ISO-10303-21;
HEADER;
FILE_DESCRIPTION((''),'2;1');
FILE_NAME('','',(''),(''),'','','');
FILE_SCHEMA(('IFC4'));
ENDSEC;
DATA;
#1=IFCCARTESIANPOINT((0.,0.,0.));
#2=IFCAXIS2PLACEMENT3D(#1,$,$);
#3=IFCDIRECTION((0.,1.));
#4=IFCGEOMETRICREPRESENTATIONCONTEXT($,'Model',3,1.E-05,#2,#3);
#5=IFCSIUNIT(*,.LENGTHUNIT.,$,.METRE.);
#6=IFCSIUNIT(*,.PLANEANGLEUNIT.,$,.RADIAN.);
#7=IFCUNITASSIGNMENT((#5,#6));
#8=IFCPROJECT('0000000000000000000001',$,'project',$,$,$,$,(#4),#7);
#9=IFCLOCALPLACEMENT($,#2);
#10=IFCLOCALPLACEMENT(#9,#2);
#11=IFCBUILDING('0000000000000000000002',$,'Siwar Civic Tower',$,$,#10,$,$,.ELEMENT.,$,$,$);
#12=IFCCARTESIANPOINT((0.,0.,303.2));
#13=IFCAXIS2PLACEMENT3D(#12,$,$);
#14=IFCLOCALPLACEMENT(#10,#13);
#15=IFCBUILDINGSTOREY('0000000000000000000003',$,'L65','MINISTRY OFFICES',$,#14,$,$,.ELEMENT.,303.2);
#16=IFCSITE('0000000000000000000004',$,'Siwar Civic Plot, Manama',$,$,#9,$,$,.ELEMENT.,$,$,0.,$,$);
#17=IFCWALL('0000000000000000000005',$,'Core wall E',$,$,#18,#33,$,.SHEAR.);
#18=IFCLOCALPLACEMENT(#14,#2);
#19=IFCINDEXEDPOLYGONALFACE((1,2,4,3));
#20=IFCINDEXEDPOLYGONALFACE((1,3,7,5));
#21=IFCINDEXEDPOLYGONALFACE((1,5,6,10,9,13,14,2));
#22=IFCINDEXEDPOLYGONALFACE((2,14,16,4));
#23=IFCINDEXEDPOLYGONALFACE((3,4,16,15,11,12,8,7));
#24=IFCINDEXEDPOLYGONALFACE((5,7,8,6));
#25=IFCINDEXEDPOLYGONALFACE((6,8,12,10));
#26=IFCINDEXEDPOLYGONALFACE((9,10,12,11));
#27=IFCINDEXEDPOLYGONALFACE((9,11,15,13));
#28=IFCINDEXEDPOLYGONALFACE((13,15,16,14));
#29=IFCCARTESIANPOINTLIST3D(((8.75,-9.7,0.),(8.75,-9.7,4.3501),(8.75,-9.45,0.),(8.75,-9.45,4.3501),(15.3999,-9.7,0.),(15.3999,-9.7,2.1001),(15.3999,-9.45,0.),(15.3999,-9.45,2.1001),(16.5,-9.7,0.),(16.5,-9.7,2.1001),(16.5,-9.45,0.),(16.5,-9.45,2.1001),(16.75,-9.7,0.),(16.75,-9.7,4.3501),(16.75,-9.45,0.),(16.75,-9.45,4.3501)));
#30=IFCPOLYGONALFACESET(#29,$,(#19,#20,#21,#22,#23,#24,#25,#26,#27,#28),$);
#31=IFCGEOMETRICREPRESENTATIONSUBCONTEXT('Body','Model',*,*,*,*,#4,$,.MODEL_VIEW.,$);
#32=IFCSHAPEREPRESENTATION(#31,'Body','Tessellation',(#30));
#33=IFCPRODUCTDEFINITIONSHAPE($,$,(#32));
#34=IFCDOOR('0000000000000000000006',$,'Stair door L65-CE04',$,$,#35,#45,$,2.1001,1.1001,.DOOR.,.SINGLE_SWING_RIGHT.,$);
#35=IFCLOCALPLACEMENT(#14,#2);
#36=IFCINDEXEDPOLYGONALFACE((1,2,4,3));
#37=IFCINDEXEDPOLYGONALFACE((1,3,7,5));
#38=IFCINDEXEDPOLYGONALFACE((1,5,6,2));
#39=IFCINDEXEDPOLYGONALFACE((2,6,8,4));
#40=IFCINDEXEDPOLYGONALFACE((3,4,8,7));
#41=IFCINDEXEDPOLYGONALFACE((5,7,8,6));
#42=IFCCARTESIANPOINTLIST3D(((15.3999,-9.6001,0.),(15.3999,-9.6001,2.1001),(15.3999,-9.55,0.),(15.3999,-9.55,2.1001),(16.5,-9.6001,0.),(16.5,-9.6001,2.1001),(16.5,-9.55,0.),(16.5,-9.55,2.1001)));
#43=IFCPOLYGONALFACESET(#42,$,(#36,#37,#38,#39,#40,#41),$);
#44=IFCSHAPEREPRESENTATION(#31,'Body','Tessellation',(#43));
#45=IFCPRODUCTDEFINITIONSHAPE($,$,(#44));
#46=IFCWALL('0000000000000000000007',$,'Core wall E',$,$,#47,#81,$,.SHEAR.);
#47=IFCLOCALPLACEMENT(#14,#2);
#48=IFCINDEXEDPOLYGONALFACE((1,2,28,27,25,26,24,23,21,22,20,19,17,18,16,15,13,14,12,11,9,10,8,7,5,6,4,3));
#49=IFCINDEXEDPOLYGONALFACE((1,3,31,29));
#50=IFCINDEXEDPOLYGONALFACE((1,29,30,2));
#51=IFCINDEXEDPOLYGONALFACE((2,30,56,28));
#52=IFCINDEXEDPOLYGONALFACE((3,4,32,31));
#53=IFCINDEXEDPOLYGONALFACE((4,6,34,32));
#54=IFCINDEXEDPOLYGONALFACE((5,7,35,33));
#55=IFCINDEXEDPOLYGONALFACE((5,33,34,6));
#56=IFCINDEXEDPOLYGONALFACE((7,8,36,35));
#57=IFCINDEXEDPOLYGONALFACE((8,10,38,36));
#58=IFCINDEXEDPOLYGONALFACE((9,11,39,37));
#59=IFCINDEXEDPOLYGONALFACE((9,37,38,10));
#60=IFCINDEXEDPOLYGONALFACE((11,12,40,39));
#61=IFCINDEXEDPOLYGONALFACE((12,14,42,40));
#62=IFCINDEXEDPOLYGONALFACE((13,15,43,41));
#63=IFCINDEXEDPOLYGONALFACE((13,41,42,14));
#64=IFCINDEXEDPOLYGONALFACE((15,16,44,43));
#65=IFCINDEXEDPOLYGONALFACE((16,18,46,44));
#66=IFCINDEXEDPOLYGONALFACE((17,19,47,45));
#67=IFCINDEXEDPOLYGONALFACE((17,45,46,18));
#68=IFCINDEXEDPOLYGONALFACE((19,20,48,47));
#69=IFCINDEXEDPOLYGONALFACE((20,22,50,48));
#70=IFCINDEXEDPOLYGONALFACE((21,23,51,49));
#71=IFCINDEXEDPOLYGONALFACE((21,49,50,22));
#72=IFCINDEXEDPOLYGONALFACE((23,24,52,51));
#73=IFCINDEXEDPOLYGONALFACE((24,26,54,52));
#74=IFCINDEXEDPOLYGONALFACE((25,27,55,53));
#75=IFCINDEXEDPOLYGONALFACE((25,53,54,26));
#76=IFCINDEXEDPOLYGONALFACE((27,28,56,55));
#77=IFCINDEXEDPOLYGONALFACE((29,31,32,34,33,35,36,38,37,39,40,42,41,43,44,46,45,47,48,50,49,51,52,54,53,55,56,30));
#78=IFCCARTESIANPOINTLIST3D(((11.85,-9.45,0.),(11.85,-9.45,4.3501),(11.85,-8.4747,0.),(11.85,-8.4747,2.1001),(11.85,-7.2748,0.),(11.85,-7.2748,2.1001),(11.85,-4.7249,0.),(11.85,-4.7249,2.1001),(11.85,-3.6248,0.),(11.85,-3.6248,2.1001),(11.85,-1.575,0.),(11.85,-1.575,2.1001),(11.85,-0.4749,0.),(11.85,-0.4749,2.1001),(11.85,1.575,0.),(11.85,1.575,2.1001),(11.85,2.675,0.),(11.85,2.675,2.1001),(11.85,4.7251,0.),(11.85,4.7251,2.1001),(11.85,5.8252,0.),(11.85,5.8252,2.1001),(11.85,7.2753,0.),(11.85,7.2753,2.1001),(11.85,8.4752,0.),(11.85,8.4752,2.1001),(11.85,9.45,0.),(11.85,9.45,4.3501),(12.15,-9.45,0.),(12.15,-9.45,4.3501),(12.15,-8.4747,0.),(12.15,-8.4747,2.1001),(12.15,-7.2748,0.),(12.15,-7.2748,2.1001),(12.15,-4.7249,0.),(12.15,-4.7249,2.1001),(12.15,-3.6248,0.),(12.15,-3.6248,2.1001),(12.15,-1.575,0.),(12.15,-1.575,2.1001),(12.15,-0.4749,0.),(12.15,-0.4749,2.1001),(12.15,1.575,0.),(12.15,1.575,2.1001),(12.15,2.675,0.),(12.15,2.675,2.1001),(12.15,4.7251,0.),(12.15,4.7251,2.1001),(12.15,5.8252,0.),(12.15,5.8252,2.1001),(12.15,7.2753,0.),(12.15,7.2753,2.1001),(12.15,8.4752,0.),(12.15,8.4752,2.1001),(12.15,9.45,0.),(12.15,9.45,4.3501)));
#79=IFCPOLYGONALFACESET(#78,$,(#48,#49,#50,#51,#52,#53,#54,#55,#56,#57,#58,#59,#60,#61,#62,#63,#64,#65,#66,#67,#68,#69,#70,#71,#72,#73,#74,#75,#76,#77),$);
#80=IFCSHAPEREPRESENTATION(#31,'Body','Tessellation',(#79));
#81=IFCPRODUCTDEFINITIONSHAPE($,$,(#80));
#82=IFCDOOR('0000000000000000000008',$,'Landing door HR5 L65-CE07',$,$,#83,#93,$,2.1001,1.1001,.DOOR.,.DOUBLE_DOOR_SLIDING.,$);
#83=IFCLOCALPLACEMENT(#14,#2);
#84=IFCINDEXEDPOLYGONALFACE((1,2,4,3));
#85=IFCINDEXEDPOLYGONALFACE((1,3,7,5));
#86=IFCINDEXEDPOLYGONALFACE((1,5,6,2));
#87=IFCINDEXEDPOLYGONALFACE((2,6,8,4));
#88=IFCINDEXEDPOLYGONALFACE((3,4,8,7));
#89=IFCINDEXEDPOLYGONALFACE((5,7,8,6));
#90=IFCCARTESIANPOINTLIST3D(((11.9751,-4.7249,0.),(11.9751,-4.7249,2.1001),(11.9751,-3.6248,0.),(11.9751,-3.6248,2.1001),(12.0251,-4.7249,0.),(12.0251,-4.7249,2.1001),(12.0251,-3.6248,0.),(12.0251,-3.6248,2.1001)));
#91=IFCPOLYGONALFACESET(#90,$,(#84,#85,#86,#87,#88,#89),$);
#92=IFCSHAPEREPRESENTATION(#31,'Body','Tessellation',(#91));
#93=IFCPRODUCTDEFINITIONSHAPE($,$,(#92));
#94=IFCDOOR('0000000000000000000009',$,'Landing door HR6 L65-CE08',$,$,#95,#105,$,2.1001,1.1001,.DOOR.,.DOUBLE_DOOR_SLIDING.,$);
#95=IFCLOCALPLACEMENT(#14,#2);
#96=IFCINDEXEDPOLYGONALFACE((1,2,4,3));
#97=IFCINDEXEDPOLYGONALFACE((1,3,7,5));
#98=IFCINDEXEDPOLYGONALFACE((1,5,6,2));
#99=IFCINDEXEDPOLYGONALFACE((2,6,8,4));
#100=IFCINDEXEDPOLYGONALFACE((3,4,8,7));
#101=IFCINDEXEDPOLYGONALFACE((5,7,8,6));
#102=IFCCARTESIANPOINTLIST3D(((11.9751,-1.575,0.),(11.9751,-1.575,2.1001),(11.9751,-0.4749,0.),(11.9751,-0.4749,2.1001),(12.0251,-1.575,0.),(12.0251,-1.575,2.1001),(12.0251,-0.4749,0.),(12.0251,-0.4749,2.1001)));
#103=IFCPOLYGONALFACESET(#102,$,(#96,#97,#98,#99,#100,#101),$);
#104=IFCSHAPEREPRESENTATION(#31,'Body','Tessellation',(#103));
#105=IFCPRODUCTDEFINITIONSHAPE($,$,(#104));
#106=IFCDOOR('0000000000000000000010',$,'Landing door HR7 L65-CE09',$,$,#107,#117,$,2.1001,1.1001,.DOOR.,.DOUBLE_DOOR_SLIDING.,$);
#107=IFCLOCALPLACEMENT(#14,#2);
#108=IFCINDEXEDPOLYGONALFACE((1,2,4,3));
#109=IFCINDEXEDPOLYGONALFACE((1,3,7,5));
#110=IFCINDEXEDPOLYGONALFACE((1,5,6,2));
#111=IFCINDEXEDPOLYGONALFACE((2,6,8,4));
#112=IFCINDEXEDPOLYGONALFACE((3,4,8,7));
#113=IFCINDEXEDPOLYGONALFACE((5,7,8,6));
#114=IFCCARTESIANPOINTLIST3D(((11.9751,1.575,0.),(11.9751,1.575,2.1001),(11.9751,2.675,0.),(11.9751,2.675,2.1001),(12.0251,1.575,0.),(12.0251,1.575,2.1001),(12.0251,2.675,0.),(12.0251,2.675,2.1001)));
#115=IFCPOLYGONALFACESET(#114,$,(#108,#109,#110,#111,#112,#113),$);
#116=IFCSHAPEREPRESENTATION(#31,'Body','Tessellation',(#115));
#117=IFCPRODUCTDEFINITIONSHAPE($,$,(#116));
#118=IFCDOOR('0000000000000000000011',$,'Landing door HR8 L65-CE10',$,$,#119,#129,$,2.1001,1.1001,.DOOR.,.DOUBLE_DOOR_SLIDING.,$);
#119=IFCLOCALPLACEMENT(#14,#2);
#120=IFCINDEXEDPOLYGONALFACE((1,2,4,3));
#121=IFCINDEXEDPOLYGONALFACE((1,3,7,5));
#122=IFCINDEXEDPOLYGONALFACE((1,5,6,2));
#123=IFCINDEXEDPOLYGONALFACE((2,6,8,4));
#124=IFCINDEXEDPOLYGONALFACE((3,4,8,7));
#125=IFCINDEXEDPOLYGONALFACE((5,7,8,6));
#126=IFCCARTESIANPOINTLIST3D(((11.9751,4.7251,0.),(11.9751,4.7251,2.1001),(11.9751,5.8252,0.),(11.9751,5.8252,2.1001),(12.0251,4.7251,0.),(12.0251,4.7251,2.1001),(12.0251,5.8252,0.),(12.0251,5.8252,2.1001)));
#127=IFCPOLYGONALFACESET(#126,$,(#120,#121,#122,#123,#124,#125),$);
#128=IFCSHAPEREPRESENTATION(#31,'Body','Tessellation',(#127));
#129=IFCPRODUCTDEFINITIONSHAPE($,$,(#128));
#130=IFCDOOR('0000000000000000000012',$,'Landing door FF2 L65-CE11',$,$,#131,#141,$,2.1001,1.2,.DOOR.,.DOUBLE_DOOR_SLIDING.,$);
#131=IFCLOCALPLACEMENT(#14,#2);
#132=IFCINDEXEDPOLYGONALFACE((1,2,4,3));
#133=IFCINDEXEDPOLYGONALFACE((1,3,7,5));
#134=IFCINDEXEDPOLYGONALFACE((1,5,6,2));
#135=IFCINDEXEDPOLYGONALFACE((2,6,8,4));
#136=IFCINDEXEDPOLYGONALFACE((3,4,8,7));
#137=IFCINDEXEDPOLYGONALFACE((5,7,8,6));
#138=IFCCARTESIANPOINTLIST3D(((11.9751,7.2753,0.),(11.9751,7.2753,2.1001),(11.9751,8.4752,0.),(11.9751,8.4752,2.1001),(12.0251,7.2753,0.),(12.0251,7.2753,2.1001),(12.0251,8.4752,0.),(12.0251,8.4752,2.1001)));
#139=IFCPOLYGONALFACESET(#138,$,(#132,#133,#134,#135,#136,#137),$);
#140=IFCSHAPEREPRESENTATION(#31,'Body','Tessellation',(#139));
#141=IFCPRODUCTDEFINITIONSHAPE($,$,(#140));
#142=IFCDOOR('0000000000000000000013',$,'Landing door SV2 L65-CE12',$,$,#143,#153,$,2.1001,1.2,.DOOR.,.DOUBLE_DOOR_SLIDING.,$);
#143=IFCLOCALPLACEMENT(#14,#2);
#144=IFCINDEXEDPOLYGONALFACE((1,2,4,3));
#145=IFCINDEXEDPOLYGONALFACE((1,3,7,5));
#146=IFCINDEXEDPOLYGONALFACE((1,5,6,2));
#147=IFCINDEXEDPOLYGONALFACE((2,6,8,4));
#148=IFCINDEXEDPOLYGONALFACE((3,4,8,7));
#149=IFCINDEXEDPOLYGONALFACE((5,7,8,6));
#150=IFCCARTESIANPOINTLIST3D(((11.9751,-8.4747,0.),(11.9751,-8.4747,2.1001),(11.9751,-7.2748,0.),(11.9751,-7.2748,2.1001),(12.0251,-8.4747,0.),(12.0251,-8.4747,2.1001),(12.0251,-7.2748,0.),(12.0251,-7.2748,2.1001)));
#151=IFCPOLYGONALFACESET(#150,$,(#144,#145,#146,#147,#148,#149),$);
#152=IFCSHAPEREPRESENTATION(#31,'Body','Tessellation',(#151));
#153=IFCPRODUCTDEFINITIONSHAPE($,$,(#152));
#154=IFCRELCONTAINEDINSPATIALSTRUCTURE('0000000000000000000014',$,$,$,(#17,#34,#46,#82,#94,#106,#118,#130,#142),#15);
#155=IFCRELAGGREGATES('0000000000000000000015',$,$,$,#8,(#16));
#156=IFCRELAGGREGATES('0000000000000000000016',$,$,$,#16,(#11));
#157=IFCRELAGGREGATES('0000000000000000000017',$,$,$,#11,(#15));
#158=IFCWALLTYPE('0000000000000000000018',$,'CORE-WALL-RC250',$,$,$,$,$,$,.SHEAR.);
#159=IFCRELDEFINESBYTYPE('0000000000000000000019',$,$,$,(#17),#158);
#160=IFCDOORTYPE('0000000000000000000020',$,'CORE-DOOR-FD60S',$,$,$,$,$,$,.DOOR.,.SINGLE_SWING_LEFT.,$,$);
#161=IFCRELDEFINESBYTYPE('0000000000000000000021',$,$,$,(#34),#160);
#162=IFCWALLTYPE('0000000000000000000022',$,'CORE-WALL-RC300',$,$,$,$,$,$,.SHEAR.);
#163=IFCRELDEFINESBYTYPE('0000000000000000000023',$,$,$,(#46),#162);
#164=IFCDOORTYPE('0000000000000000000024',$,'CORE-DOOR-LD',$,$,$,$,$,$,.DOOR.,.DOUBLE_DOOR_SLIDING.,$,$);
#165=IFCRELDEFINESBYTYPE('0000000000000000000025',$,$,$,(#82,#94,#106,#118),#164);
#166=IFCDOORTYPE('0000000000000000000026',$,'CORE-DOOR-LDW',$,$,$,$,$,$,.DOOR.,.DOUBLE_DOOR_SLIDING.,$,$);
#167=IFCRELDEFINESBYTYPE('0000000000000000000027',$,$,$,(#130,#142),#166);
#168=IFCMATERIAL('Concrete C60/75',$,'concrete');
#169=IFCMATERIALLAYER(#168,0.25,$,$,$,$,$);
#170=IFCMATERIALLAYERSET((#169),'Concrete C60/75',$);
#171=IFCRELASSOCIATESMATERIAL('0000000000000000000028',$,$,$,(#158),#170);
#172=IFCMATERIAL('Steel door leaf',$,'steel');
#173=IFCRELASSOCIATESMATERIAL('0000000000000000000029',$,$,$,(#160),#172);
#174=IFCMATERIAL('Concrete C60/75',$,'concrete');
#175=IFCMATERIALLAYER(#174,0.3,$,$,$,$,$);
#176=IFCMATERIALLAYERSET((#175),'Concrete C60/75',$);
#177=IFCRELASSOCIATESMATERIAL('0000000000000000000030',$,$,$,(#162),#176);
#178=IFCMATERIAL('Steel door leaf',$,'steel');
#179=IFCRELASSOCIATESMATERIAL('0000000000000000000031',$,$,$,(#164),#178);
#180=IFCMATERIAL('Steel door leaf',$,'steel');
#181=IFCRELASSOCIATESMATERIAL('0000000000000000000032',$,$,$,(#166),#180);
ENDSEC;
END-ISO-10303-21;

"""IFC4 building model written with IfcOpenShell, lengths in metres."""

from ifc_helpers import new_model, si_unit, direction, frame, frame_2d, origin, place, context, subcontext, project, spatial, rectangle, extrude, material, layer, layer_set, type_object, element, fill, save


model = new_model("IFC4")

# Units and contexts
model_context = context("Model", 3, precision=1e-05, world=origin(), true_north=direction((0.0, 1.0)))
body_context = subcontext(model_context, "Body", "Model", "MODEL_VIEW")
ifc_project = project(units=[si_unit("LENGTHUNIT", "METRE"), si_unit("PLANEANGLEUNIT", "RADIAN")], contexts=[model_context])

# Site, building, storey
site_placement = place(None, origin())
site = spatial("IfcSite", under=ifc_project, at=site_placement, Name="Siwar Civic Plot, Manama", CompositionType="ELEMENT", RefElevation=0.0)
building_placement = place(site_placement, origin())
building = spatial("IfcBuilding", under=site, at=building_placement, Name="Siwar Civic Tower", CompositionType="ELEMENT")
storey_placement = place(building_placement, frame((0.0, 0.0, 303.2)))
storey = spatial("IfcBuildingStorey", under=building, at=storey_placement, Name="L65", Description="MINISTRY OFFICES", CompositionType="ELEMENT", Elevation=303.2)

# Shared definitions
ifc_material_1 = material(Name="Concrete C60/75", Category="concrete")
ifc_layer_1 = layer(ifc_material_1, 0.25)
ifc_layer_set_1 = layer_set([ifc_layer_1], Name="Concrete C60/75")
wall_type_1 = type_object("IfcWallType", Name="CORE-WALL-RC250", PredefinedType="SHEAR", material=ifc_layer_set_1)

# Wall, opening, door
wall_1_placement = place(storey_placement, frame((8.75, -9.575, 0.0), z_axis=(0.0, 0.0, 1.0), x_axis=(1.0, 0.0, 0.0)))
wall_1 = element("IfcWall", 1, at=wall_1_placement, inside=storey, type_object=wall_type_1, Name="Core wall E", PredefinedType="SHEAR", context=body_context, shape_type="SweptSolid", body=[
    extrude(rectangle(XDim=8.0, YDim=0.25, at=frame_2d((4.0, 0.0))), origin(), (0.0, 0.0, 1.0), 4.3501),
])
opening_1_placement = place(wall_1_placement, frame((6.6499, 0.0, 0.0)))
opening_1 = element("IfcOpeningElement", 2, at=opening_1_placement, cuts=wall_1, PredefinedType="OPENING", context=body_context, shape_type="SweptSolid", body=[
    extrude(rectangle(XDim=1.1001, YDim=2.1001, at=frame_2d((0.55, 1.05))), frame((0.0, 0.135, 0.0), z_axis=(0.0, -1.0, 0.0), x_axis=(1.0, 0.0, 0.0)), (0.0, 0.0, 1.0), 0.27),
])
ifc_material_2 = material(Name="Steel door leaf", Category="steel")
door_type_1 = type_object("IfcDoorType", Name="CORE-DOOR-FD60S", OperationType="SINGLE_SWING_LEFT", PredefinedType="DOOR", material=ifc_material_2)
door_1_placement = place(opening_1_placement, origin())
door_1 = element("IfcDoor", 3, at=door_1_placement, inside=storey, type_object=door_type_1, Name="Stair door L65-CE04", OperationType="SINGLE_SWING_RIGHT", OverallHeight=2.1001, OverallWidth=1.1001, PredefinedType="DOOR", context=body_context, shape_type="SweptSolid", body=[
    extrude(rectangle(XDim=1.1001, YDim=2.1001, at=frame_2d((0.55, 1.05))), frame((0.0, 0.0249, 0.0), z_axis=(0.0, -1.0, 0.0), x_axis=(1.0, 0.0, 0.0)), (0.0, 0.0, 1.0), 0.05),
])
fill(opening_1, door_1)

# Wall, openings, doors
ifc_material_3 = material(Name="Concrete C60/75", Category="concrete")
ifc_layer_2 = layer(ifc_material_3, 0.3)
ifc_layer_set_2 = layer_set([ifc_layer_2], Name="Concrete C60/75")
wall_type_2 = type_object("IfcWallType", Name="CORE-WALL-RC300", PredefinedType="SHEAR", material=ifc_layer_set_2)
wall_2_placement = place(storey_placement, frame((12.0, -9.45, 0.0), z_axis=(0.0, 0.0, 1.0), x_axis=(0.0, 1.0, 0.0)))
wall_2 = element("IfcWall", 4, at=wall_2_placement, inside=storey, type_object=wall_type_2, Name="Core wall E", PredefinedType="SHEAR", context=body_context, shape_type="SweptSolid", body=[
    extrude(rectangle(XDim=18.8999, YDim=0.3, at=frame_2d((9.45, 0.0))), origin(), (0.0, 0.0, 1.0), 4.3501),
])
opening_2_placement = place(wall_2_placement, frame((4.7251, 0.0, 0.0)))
opening_2 = element("IfcOpeningElement", 5, at=opening_2_placement, cuts=wall_2, PredefinedType="OPENING", context=body_context, shape_type="SweptSolid", body=[
    extrude(rectangle(XDim=1.1001, YDim=2.1001, at=frame_2d((0.55, 1.05))), frame((0.0, 0.1602, 0.0), z_axis=(0.0, -1.0, 0.0), x_axis=(1.0, 0.0, 0.0)), (0.0, 0.0, 1.0), 0.3201),
])
opening_3_placement = place(wall_2_placement, frame((7.875, 0.0, 0.0)))
opening_3 = element("IfcOpeningElement", 6, at=opening_3_placement, cuts=wall_2, PredefinedType="OPENING", context=body_context, shape_type="SweptSolid", body=[
    extrude(rectangle(XDim=1.1001, YDim=2.1001, at=frame_2d((0.55, 1.05))), frame((0.0, 0.1602, 0.0), z_axis=(0.0, -1.0, 0.0), x_axis=(1.0, 0.0, 0.0)), (0.0, 0.0, 1.0), 0.3201),
])
opening_4_placement = place(wall_2_placement, frame((11.0249, 0.0, 0.0)))
opening_4 = element("IfcOpeningElement", 7, at=opening_4_placement, cuts=wall_2, PredefinedType="OPENING", context=body_context, shape_type="SweptSolid", body=[
    extrude(rectangle(XDim=1.1001, YDim=2.1001, at=frame_2d((0.55, 1.05))), frame((0.0, 0.1602, 0.0), z_axis=(0.0, -1.0, 0.0), x_axis=(1.0, 0.0, 0.0)), (0.0, 0.0, 1.0), 0.3201),
])
opening_5_placement = place(wall_2_placement, frame((14.175, 0.0, 0.0)))
opening_5 = element("IfcOpeningElement", 8, at=opening_5_placement, cuts=wall_2, PredefinedType="OPENING", context=body_context, shape_type="SweptSolid", body=[
    extrude(rectangle(XDim=1.1001, YDim=2.1001, at=frame_2d((0.55, 1.05))), frame((0.0, 0.1602, 0.0), z_axis=(0.0, -1.0, 0.0), x_axis=(1.0, 0.0, 0.0)), (0.0, 0.0, 1.0), 0.3201),
])
opening_6_placement = place(wall_2_placement, frame((16.7251, 0.0, 0.0)))
opening_6 = element("IfcOpeningElement", 9, at=opening_6_placement, cuts=wall_2, PredefinedType="OPENING", context=body_context, shape_type="SweptSolid", body=[
    extrude(rectangle(XDim=1.2, YDim=2.1001, at=frame_2d((0.6001, 1.05))), frame((0.0, 0.1602, 0.0), z_axis=(0.0, -1.0, 0.0), x_axis=(1.0, 0.0, 0.0)), (0.0, 0.0, 1.0), 0.3201),
])
opening_7_placement = place(wall_2_placement, frame((0.9751, 0.0, 0.0)))
opening_7 = element("IfcOpeningElement", 10, at=opening_7_placement, cuts=wall_2, PredefinedType="OPENING", context=body_context, shape_type="SweptSolid", body=[
    extrude(rectangle(XDim=1.2, YDim=2.1001, at=frame_2d((0.6001, 1.05))), frame((0.0, 0.1602, 0.0), z_axis=(0.0, -1.0, 0.0), x_axis=(1.0, 0.0, 0.0)), (0.0, 0.0, 1.0), 0.3201),
])
ifc_material_4 = material(Name="Steel door leaf", Category="steel")
door_type_2 = type_object("IfcDoorType", Name="CORE-DOOR-LD", OperationType="DOUBLE_DOOR_SLIDING", PredefinedType="DOOR", material=ifc_material_4)
door_2_placement = place(opening_2_placement, origin())
door_2 = element("IfcDoor", 11, at=door_2_placement, inside=storey, type_object=door_type_2, Name="Landing door HR5 L65-CE07", OperationType="DOUBLE_DOOR_SLIDING", OverallHeight=2.1001, OverallWidth=1.1001, PredefinedType="DOOR", context=body_context, shape_type="SweptSolid", body=[
    extrude(rectangle(XDim=1.1001, YDim=2.1001, at=frame_2d((0.55, 1.05))), frame((0.0, 0.0249, 0.0), z_axis=(0.0, -1.0, 0.0), x_axis=(1.0, 0.0, 0.0)), (0.0, 0.0, 1.0), 0.05),
])
fill(opening_2, door_2)
door_3_placement = place(opening_3_placement, origin())
door_3 = element("IfcDoor", 12, at=door_3_placement, inside=storey, type_object=door_type_2, Name="Landing door HR6 L65-CE08", OperationType="DOUBLE_DOOR_SLIDING", OverallHeight=2.1001, OverallWidth=1.1001, PredefinedType="DOOR", context=body_context, shape_type="SweptSolid", body=[
    extrude(rectangle(XDim=1.1001, YDim=2.1001, at=frame_2d((0.55, 1.05))), frame((0.0, 0.0249, 0.0), z_axis=(0.0, -1.0, 0.0), x_axis=(1.0, 0.0, 0.0)), (0.0, 0.0, 1.0), 0.05),
])
fill(opening_3, door_3)
door_4_placement = place(opening_4_placement, origin())
door_4 = element("IfcDoor", 13, at=door_4_placement, inside=storey, type_object=door_type_2, Name="Landing door HR7 L65-CE09", OperationType="DOUBLE_DOOR_SLIDING", OverallHeight=2.1001, OverallWidth=1.1001, PredefinedType="DOOR", context=body_context, shape_type="SweptSolid", body=[
    extrude(rectangle(XDim=1.1001, YDim=2.1001, at=frame_2d((0.55, 1.05))), frame((0.0, 0.0249, 0.0), z_axis=(0.0, -1.0, 0.0), x_axis=(1.0, 0.0, 0.0)), (0.0, 0.0, 1.0), 0.05),
])
fill(opening_4, door_4)
door_5_placement = place(opening_5_placement, origin())
door_5 = element("IfcDoor", 14, at=door_5_placement, inside=storey, type_object=door_type_2, Name="Landing door HR8 L65-CE10", OperationType="DOUBLE_DOOR_SLIDING", OverallHeight=2.1001, OverallWidth=1.1001, PredefinedType="DOOR", context=body_context, shape_type="SweptSolid", body=[
    extrude(rectangle(XDim=1.1001, YDim=2.1001, at=frame_2d((0.55, 1.05))), frame((0.0, 0.0249, 0.0), z_axis=(0.0, -1.0, 0.0), x_axis=(1.0, 0.0, 0.0)), (0.0, 0.0, 1.0), 0.05),
])
fill(opening_5, door_5)
ifc_material_5 = material(Name="Steel door leaf", Category="steel")
door_type_3 = type_object("IfcDoorType", Name="CORE-DOOR-LDW", OperationType="DOUBLE_DOOR_SLIDING", PredefinedType="DOOR", material=ifc_material_5)
door_6_placement = place(opening_6_placement, origin())
door_6 = element("IfcDoor", 15, at=door_6_placement, inside=storey, type_object=door_type_3, Name="Landing door FF2 L65-CE11", OperationType="DOUBLE_DOOR_SLIDING", OverallHeight=2.1001, OverallWidth=1.2, PredefinedType="DOOR", context=body_context, shape_type="SweptSolid", body=[
    extrude(rectangle(XDim=1.2, YDim=2.1001, at=frame_2d((0.6001, 1.05))), frame((0.0, 0.0249, 0.0), z_axis=(0.0, -1.0, 0.0), x_axis=(1.0, 0.0, 0.0)), (0.0, 0.0, 1.0), 0.05),
])
fill(opening_6, door_6)
door_7_placement = place(opening_7_placement, origin())
door_7 = element("IfcDoor", 16, at=door_7_placement, inside=storey, type_object=door_type_3, Name="Landing door SV2 L65-CE12", OperationType="DOUBLE_DOOR_SLIDING", OverallHeight=2.1001, OverallWidth=1.2, PredefinedType="DOOR", context=body_context, shape_type="SweptSolid", body=[
    extrude(rectangle(XDim=1.2, YDim=2.1001, at=frame_2d((0.6001, 1.05))), frame((0.0, 0.0249, 0.0), z_axis=(0.0, -1.0, 0.0), x_axis=(1.0, 0.0, 0.0)), (0.0, 0.0, 1.0), 0.05),
])
fill(opening_7, door_7)

save(model, "model.ifc")
